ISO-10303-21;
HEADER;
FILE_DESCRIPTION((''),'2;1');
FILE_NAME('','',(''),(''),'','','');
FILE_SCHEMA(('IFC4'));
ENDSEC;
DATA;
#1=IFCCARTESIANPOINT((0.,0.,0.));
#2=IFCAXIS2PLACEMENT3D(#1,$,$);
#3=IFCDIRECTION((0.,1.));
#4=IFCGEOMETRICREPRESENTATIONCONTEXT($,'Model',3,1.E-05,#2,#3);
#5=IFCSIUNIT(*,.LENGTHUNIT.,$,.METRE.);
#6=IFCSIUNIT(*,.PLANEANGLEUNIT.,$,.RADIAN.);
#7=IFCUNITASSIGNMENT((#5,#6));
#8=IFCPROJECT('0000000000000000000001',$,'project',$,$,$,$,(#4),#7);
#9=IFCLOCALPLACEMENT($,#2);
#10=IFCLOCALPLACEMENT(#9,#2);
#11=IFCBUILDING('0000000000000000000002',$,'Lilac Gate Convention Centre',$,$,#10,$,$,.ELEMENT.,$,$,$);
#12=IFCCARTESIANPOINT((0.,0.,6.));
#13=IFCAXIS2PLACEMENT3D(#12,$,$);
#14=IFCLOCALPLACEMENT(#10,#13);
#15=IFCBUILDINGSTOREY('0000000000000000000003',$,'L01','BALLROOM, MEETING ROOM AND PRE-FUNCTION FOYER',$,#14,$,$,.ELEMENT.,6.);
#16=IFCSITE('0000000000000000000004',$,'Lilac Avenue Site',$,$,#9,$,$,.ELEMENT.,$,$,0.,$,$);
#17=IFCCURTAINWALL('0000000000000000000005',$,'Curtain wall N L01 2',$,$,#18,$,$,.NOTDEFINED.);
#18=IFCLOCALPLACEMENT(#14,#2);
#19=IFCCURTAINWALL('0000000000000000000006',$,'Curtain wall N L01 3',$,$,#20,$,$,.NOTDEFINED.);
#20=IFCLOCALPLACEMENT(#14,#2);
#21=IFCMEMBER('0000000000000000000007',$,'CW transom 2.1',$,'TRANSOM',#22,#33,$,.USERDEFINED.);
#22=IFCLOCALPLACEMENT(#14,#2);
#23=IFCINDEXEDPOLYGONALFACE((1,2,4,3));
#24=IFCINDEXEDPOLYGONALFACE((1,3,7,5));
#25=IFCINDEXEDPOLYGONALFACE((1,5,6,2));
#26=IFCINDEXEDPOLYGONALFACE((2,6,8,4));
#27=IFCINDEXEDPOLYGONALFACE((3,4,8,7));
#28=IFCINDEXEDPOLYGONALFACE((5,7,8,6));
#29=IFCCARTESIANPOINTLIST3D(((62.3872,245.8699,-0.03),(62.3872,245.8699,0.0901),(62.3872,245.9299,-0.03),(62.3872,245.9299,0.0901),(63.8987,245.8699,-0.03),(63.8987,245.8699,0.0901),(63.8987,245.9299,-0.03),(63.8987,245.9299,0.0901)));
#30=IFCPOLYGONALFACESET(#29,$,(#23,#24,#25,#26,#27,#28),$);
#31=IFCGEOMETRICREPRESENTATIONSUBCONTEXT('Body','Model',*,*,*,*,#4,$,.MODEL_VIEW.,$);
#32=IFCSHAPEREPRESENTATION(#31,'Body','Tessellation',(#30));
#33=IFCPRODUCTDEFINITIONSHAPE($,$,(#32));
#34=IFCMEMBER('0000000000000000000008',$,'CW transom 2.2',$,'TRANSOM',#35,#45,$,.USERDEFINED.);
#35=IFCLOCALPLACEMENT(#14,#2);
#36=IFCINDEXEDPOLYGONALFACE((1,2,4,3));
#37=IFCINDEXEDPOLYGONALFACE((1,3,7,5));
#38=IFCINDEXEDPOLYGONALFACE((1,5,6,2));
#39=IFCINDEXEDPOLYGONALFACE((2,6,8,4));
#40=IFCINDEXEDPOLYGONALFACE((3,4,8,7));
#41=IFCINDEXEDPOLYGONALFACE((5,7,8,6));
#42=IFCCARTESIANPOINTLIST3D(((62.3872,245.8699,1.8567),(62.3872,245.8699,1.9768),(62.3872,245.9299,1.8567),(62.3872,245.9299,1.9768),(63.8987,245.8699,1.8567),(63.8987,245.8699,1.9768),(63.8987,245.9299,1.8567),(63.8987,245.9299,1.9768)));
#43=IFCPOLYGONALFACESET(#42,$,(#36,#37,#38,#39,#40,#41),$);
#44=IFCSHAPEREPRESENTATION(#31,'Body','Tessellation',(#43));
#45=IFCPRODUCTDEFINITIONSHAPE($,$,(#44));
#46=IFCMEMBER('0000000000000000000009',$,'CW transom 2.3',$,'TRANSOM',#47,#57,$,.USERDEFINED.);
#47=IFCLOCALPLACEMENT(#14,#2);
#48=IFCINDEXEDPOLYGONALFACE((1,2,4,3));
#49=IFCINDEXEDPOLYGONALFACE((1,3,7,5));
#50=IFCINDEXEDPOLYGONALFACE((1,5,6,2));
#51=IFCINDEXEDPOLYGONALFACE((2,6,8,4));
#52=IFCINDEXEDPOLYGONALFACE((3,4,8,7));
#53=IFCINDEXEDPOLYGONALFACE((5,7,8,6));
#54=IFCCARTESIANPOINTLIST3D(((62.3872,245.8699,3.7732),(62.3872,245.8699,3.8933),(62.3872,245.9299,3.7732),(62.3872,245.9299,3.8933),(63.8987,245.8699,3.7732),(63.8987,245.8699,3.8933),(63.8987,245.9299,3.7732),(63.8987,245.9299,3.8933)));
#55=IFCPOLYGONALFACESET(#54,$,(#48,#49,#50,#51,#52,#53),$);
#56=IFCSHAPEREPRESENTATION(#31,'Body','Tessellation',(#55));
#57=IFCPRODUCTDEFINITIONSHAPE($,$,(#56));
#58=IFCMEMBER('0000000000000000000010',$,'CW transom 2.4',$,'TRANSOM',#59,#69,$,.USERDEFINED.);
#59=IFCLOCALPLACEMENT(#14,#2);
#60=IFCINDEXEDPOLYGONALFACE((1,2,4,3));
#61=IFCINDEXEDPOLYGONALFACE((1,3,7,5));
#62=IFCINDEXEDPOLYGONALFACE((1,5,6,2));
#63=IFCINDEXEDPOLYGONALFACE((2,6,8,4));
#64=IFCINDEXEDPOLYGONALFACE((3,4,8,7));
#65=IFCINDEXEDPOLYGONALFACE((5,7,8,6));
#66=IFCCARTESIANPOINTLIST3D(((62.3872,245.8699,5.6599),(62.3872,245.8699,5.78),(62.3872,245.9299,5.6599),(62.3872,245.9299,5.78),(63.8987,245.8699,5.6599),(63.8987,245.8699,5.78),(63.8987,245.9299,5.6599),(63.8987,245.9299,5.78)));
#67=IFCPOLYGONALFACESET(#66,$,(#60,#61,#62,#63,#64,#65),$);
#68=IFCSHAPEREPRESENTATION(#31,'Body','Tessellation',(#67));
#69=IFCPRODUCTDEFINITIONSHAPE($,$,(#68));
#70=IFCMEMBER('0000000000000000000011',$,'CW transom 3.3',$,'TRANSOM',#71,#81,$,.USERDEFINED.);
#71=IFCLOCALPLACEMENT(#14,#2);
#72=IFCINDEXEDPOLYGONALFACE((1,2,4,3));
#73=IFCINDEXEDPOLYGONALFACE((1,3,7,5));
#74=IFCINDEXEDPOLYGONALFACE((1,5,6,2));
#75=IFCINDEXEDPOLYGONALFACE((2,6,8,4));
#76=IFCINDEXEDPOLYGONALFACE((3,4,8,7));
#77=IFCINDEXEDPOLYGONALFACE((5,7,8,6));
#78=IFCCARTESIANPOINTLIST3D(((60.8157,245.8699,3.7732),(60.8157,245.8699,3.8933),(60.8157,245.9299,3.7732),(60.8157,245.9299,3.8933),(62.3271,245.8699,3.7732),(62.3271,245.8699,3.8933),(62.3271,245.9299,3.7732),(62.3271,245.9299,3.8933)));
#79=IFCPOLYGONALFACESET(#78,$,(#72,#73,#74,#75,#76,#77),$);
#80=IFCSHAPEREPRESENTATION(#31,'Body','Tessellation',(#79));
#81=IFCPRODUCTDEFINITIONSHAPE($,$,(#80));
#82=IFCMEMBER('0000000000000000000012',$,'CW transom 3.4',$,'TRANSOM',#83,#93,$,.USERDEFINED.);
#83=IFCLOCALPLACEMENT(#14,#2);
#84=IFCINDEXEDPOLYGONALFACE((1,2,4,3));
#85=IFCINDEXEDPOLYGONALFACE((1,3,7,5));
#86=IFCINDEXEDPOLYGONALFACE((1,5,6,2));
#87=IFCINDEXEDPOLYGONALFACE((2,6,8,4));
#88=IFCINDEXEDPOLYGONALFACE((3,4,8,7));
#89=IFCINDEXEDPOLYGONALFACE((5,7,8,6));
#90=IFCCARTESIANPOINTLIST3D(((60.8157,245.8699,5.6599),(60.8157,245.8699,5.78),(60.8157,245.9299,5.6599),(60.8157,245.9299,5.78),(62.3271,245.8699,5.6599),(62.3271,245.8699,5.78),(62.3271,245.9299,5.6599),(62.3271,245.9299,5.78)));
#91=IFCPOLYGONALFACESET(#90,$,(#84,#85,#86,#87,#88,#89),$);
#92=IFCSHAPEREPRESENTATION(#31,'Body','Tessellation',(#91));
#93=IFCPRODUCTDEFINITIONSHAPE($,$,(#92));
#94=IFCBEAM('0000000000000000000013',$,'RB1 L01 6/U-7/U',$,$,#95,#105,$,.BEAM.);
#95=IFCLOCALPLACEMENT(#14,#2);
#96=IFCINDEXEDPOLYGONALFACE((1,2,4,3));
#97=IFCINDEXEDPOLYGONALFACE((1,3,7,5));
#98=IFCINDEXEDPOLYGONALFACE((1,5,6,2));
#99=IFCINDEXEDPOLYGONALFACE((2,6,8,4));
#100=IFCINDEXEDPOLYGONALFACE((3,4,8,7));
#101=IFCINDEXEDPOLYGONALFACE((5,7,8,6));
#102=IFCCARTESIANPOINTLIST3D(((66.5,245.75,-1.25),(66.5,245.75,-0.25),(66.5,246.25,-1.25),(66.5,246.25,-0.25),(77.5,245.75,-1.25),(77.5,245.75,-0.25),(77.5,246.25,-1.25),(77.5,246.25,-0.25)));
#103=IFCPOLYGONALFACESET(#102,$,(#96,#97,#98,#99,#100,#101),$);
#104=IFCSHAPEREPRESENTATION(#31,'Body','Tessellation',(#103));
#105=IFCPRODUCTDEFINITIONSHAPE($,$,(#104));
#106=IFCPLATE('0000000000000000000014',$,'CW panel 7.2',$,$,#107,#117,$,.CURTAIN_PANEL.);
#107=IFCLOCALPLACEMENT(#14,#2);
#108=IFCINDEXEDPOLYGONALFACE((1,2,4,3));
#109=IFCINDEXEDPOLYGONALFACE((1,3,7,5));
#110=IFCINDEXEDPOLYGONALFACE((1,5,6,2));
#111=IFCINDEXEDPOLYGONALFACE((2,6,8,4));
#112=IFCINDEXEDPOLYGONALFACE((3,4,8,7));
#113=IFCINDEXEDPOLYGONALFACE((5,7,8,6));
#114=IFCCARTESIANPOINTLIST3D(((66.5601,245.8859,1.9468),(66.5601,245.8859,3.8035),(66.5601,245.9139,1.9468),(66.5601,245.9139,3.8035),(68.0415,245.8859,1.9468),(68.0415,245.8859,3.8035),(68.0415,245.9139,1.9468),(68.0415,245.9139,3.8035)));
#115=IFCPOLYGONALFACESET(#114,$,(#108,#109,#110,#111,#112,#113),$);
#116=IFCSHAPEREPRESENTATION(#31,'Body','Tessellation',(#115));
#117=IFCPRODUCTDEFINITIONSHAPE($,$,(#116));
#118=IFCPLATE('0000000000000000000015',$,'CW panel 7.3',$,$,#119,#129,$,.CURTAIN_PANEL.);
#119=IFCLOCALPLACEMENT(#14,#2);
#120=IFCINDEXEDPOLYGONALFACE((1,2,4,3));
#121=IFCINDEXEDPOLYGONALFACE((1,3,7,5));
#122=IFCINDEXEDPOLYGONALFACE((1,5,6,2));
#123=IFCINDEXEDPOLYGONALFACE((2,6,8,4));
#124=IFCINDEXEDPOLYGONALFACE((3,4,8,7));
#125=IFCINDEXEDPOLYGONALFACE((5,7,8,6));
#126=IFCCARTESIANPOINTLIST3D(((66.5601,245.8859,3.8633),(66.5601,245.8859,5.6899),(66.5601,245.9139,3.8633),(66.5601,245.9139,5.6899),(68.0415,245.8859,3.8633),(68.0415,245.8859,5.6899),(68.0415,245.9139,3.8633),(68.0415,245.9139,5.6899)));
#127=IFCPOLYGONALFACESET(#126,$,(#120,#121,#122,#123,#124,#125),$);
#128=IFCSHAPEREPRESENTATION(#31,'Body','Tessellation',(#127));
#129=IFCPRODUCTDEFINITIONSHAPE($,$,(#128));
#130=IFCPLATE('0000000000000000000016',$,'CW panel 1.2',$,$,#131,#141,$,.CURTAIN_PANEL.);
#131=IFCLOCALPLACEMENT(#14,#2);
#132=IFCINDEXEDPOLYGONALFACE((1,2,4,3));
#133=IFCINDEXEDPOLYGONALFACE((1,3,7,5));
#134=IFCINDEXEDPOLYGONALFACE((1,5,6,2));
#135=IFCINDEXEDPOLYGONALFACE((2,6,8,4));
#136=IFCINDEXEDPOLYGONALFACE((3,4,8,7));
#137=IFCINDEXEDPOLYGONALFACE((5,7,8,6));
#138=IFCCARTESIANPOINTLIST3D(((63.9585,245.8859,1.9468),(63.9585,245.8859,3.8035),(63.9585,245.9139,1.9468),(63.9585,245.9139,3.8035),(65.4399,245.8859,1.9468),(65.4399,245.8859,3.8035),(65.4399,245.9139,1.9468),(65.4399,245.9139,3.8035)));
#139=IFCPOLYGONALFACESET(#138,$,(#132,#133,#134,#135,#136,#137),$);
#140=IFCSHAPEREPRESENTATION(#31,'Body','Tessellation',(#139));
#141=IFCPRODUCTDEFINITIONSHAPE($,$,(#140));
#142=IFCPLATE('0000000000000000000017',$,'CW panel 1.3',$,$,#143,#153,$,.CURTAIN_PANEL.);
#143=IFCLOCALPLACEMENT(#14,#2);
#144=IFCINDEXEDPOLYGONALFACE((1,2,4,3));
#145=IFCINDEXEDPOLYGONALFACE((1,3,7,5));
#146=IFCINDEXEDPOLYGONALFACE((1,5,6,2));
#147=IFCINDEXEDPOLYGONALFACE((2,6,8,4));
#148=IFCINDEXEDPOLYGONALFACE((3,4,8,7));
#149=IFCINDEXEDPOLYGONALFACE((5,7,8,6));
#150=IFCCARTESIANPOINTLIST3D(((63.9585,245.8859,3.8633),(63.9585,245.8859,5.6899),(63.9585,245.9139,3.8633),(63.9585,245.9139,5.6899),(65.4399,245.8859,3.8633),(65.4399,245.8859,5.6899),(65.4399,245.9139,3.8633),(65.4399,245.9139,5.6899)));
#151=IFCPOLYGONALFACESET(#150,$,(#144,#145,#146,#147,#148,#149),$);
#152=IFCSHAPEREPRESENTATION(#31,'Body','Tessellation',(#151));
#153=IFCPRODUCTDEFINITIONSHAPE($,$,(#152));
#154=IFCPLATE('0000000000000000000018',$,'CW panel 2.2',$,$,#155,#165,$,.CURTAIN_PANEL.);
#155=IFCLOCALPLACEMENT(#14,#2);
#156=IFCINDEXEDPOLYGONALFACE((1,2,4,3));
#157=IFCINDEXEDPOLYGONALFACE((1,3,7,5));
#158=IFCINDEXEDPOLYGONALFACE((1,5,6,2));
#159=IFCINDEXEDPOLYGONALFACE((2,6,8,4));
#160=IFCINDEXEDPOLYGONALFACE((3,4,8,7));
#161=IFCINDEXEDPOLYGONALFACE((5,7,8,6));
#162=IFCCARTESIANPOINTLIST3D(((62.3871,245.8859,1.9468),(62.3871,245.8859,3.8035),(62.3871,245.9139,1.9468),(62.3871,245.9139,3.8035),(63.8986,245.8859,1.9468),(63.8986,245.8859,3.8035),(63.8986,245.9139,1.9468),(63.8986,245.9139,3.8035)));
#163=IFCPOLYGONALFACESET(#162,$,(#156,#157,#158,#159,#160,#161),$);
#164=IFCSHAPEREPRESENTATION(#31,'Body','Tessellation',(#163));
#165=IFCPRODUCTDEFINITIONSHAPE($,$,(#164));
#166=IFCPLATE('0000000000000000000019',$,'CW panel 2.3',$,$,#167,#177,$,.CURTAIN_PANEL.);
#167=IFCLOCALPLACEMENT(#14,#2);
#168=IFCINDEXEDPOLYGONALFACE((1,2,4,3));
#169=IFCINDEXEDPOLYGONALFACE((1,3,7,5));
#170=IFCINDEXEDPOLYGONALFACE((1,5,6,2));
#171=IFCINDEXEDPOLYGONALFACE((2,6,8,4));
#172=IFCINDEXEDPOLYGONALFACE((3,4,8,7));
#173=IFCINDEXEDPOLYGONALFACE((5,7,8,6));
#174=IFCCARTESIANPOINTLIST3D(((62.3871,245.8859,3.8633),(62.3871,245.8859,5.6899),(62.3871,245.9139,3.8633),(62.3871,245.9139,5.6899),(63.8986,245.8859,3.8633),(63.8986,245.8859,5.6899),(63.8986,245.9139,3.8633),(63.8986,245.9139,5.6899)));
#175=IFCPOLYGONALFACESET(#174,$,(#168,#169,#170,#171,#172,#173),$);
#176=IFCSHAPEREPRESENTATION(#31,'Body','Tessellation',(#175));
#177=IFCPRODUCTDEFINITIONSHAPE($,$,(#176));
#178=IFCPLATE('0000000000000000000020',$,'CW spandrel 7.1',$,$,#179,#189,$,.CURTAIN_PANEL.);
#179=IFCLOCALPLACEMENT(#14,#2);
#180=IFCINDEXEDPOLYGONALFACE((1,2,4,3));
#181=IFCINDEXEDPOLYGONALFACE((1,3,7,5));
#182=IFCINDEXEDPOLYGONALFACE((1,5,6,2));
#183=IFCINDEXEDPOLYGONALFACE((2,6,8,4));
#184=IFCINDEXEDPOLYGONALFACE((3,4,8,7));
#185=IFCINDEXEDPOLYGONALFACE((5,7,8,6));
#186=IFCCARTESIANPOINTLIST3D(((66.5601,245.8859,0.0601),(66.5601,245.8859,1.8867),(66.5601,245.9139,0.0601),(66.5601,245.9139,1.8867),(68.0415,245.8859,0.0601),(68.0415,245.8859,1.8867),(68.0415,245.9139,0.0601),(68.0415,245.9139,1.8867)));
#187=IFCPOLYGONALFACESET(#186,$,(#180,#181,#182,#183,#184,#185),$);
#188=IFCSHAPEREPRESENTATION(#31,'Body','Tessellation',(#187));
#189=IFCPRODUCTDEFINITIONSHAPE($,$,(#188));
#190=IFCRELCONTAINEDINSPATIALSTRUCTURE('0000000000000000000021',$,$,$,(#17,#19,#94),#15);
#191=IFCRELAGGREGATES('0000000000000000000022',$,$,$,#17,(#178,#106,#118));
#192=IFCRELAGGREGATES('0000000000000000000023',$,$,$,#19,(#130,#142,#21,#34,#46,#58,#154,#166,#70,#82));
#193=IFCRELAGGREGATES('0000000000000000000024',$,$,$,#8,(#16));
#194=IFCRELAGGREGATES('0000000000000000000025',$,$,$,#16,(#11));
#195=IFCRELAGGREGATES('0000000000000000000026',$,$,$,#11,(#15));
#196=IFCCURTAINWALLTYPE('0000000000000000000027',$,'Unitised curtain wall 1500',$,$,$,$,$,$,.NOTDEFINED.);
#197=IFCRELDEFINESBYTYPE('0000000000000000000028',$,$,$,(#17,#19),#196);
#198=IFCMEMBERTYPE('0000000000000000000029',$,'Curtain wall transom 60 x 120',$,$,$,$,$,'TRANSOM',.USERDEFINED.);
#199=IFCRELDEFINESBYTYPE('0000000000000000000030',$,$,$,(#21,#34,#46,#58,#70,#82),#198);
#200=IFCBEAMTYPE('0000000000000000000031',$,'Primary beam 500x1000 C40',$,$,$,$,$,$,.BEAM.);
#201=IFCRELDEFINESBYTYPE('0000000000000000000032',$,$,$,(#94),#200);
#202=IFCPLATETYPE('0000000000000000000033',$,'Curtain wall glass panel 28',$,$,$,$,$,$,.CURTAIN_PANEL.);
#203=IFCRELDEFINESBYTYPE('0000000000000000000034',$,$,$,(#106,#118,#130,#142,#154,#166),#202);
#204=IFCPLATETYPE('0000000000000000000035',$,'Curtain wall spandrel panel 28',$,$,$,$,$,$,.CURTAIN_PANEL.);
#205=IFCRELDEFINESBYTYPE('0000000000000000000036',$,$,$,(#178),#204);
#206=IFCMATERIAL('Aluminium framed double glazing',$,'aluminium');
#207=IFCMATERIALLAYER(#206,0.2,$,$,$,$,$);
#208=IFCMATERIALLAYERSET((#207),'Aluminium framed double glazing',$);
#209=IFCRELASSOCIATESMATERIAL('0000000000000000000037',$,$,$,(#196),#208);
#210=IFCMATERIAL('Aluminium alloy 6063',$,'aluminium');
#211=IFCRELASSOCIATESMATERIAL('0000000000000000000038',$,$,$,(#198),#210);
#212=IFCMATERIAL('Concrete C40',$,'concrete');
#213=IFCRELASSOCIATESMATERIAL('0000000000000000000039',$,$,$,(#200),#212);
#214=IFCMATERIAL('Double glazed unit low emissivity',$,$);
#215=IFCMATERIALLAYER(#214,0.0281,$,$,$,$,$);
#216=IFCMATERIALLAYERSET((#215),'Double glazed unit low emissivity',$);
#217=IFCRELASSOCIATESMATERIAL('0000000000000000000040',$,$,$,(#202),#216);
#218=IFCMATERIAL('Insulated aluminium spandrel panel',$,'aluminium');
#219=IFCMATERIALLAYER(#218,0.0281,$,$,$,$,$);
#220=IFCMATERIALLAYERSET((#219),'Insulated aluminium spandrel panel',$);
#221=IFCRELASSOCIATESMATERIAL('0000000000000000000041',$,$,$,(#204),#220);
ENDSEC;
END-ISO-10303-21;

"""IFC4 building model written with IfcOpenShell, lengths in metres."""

from ifc_helpers import new_model, si_unit, direction, frame, origin, origin_2d, place, context, subcontext, project, spatial, rectangle, extrude, material, layer, layer_set, material_profile, profile_set, type_object, element, aggregate, save


model = new_model("IFC4")

# Units and contexts
model_context = context("Model", 3, precision=1e-05, world=origin(), true_north=direction((0.0, 1.0)))
body_context = subcontext(model_context, "Body", "Model", "MODEL_VIEW")
ifc_project = project(units=[si_unit("LENGTHUNIT", "METRE"), si_unit("PLANEANGLEUNIT", "RADIAN")], contexts=[model_context])

# Site, building, storey
site_placement = place(None, origin())
site = spatial("IfcSite", under=ifc_project, at=site_placement, Name="Lilac Avenue Site", CompositionType="ELEMENT", RefElevation=0.0)
building_placement = place(site_placement, origin())
building = spatial("IfcBuilding", under=site, at=building_placement, Name="Lilac Gate Convention Centre", CompositionType="ELEMENT")
storey_placement = place(building_placement, frame((0.0, 0.0, 6.0)))
storey = spatial("IfcBuildingStorey", under=building, at=storey_placement, Name="L01", Description="BALLROOM, MEETING ROOM AND PRE-FUNCTION FOYER", CompositionType="ELEMENT", Elevation=6.0)

# Curtain walls
ifc_material_1 = material(Name="Aluminium framed double glazing", Category="aluminium")
ifc_layer_1 = layer(ifc_material_1, 0.2)
ifc_layer_set_1 = layer_set([ifc_layer_1], Name="Aluminium framed double glazing")
curtain_wall_type = type_object("IfcCurtainWallType", Name="Unitised curtain wall 1500", PredefinedType="NOTDEFINED", material=ifc_layer_set_1)
curtain_wall_1_placement = place(storey_placement, origin())
curtain_wall_1 = element("IfcCurtainWall", 1, at=curtain_wall_1_placement, inside=storey, type_object=curtain_wall_type, Name="Curtain wall N L01 2", PredefinedType="NOTDEFINED")
ifc_material_2 = material(Name="Aluminium alloy 6063", Category="aluminium")
curtain_wall_2_placement = place(storey_placement, origin())
curtain_wall_2 = element("IfcCurtainWall", 2, at=curtain_wall_2_placement, inside=storey, type_object=curtain_wall_type, Name="Curtain wall N L01 3", PredefinedType="NOTDEFINED")

# Members
ifc_material_profile_1 = material_profile(ifc_material_2, rectangle(XDim=0.0601, YDim=0.1201, at=origin_2d()), Name="Curtain wall transom 60 x 120")
ifc_profile_set_1 = profile_set([ifc_material_profile_1], Name="Aluminium alloy 6063")
member_type_1 = type_object("IfcMemberType", Name="Curtain wall transom 60 x 120", ElementType="TRANSOM", PredefinedType="USERDEFINED", material=ifc_profile_set_1)
member_1_placement = place(storey_placement, frame((63.8987, 245.8999, 0.03), z_axis=(-1.0, 0.0, 0.0), x_axis=(0.0, -1.0, 0.0)))
member_1 = element("IfcMember", 3, at=member_1_placement, type_object=member_type_1, Name="CW transom 2.1", ObjectType="TRANSOM", PredefinedType="USERDEFINED", context=body_context, shape_type="SweptSolid", body=[
    extrude(rectangle(XDim=0.0601, YDim=0.1201, at=origin_2d()), origin(), (0.0, 0.0, 1.0), 1.5115),
])
member_2_placement = place(storey_placement, frame((63.8987, 245.8999, 1.9167), z_axis=(-1.0, 0.0, 0.0), x_axis=(0.0, -1.0, 0.0)))
member_2 = element("IfcMember", 4, at=member_2_placement, type_object=member_type_1, Name="CW transom 2.2", ObjectType="TRANSOM", PredefinedType="USERDEFINED", context=body_context, shape_type="SweptSolid", body=[
    extrude(rectangle(XDim=0.0601, YDim=0.1201, at=origin_2d()), origin(), (0.0, 0.0, 1.0), 1.5115),
])
member_3_placement = place(storey_placement, frame((63.8987, 245.8999, 3.8333), z_axis=(-1.0, 0.0, 0.0), x_axis=(0.0, -1.0, 0.0)))
member_3 = element("IfcMember", 5, at=member_3_placement, type_object=member_type_1, Name="CW transom 2.3", ObjectType="TRANSOM", PredefinedType="USERDEFINED", context=body_context, shape_type="SweptSolid", body=[
    extrude(rectangle(XDim=0.0601, YDim=0.1201, at=origin_2d()), origin(), (0.0, 0.0, 1.0), 1.5115),
])
member_4_placement = place(storey_placement, frame((63.8987, 245.8999, 5.72), z_axis=(-1.0, 0.0, 0.0), x_axis=(0.0, -1.0, 0.0)))
member_4 = element("IfcMember", 6, at=member_4_placement, type_object=member_type_1, Name="CW transom 2.4", ObjectType="TRANSOM", PredefinedType="USERDEFINED", context=body_context, shape_type="SweptSolid", body=[
    extrude(rectangle(XDim=0.0601, YDim=0.1201, at=origin_2d()), origin(), (0.0, 0.0, 1.0), 1.5115),
])
member_5_placement = place(storey_placement, frame((62.3271, 245.8999, 3.8333), z_axis=(-1.0, 0.0, 0.0), x_axis=(0.0, -1.0, 0.0)))
member_5 = element("IfcMember", 7, at=member_5_placement, type_object=member_type_1, Name="CW transom 3.3", ObjectType="TRANSOM", PredefinedType="USERDEFINED", context=body_context, shape_type="SweptSolid", body=[
    extrude(rectangle(XDim=0.0601, YDim=0.1201, at=origin_2d()), origin(), (0.0, 0.0, 1.0), 1.5115),
])
member_6_placement = place(storey_placement, frame((62.3271, 245.8999, 5.72), z_axis=(-1.0, 0.0, 0.0), x_axis=(0.0, -1.0, 0.0)))
member_6 = element("IfcMember", 8, at=member_6_placement, type_object=member_type_1, Name="CW transom 3.4", ObjectType="TRANSOM", PredefinedType="USERDEFINED", context=body_context, shape_type="SweptSolid", body=[
    extrude(rectangle(XDim=0.0601, YDim=0.1201, at=origin_2d()), origin(), (0.0, 0.0, 1.0), 1.5115),
])

# Beam
ifc_material_3 = material(Name="Concrete C40", Category="concrete")
ifc_material_profile_2 = material_profile(ifc_material_3, rectangle(XDim=0.5, YDim=1.0, at=origin_2d()), Name="RC 500x1000")
ifc_profile_set_2 = profile_set([ifc_material_profile_2], Name="Concrete C40")
beam_type = type_object("IfcBeamType", Name="Primary beam 500x1000 C40", PredefinedType="BEAM", material=ifc_profile_set_2)
beam_placement = place(storey_placement, frame((66.5, 246.0, -0.75), z_axis=(1.0, 0.0, 0.0), x_axis=(0.0, 1.0, 0.0)))
element("IfcBeam", 9, at=beam_placement, inside=storey, type_object=beam_type, Name="RB1 L01 6/U-7/U", PredefinedType="BEAM", context=body_context, shape_type="SweptSolid", body=[
    extrude(rectangle(XDim=0.5, YDim=1.0, at=origin_2d()), origin(), (0.0, 0.0, 1.0), 11.0),
])

# Plates
ifc_material_4 = material(Name="Double glazed unit low emissivity")
ifc_layer_2 = layer(ifc_material_4, 0.0281)
ifc_layer_set_2 = layer_set([ifc_layer_2], Name="Double glazed unit low emissivity")
plate_type_1 = type_object("IfcPlateType", Name="Curtain wall glass panel 28", PredefinedType="CURTAIN_PANEL", material=ifc_layer_set_2)
plate_1_placement = place(storey_placement, frame((67.3008, 245.8999, 1.9468), z_axis=(0.0, 0.0, 1.0), x_axis=(-1.0, 0.0, 0.0)))
plate_1 = element("IfcPlate", 10, at=plate_1_placement, type_object=plate_type_1, Name="CW panel 7.2", PredefinedType="CURTAIN_PANEL", context=body_context, shape_type="SweptSolid", body=[
    extrude(rectangle(XDim=1.4814, YDim=0.0281, at=origin_2d()), origin(), (0.0, 0.0, 1.0), 1.8567),
])
plate_2_placement = place(storey_placement, frame((67.3008, 245.8999, 3.8633), z_axis=(0.0, 0.0, 1.0), x_axis=(-1.0, 0.0, 0.0)))
plate_2 = element("IfcPlate", 11, at=plate_2_placement, type_object=plate_type_1, Name="CW panel 7.3", PredefinedType="CURTAIN_PANEL", context=body_context, shape_type="SweptSolid", body=[
    extrude(rectangle(XDim=1.4814, YDim=0.0281, at=origin_2d()), origin(), (0.0, 0.0, 1.0), 1.8267),
])
plate_3_placement = place(storey_placement, frame((64.6992, 245.8999, 1.9468), z_axis=(0.0, 0.0, 1.0), x_axis=(-1.0, 0.0, 0.0)))
plate_3 = element("IfcPlate", 12, at=plate_3_placement, type_object=plate_type_1, Name="CW panel 1.2", PredefinedType="CURTAIN_PANEL", context=body_context, shape_type="SweptSolid", body=[
    extrude(rectangle(XDim=1.4814, YDim=0.0281, at=origin_2d()), origin(), (0.0, 0.0, 1.0), 1.8567),
])
plate_4_placement = place(storey_placement, frame((64.6992, 245.8999, 3.8633), z_axis=(0.0, 0.0, 1.0), x_axis=(-1.0, 0.0, 0.0)))
plate_4 = element("IfcPlate", 13, at=plate_4_placement, type_object=plate_type_1, Name="CW panel 1.3", PredefinedType="CURTAIN_PANEL", context=body_context, shape_type="SweptSolid", body=[
    extrude(rectangle(XDim=1.4814, YDim=0.0281, at=origin_2d()), origin(), (0.0, 0.0, 1.0), 1.8267),
])
plate_5_placement = place(storey_placement, frame((63.1428, 245.8999, 1.9468), z_axis=(0.0, 0.0, 1.0), x_axis=(-1.0, 0.0, 0.0)))
plate_5 = element("IfcPlate", 14, at=plate_5_placement, type_object=plate_type_1, Name="CW panel 2.2", PredefinedType="CURTAIN_PANEL", context=body_context, shape_type="SweptSolid", body=[
    extrude(rectangle(XDim=1.5115, YDim=0.0281, at=origin_2d()), origin(), (0.0, 0.0, 1.0), 1.8567),
])
plate_6_placement = place(storey_placement, frame((63.1428, 245.8999, 3.8633), z_axis=(0.0, 0.0, 1.0), x_axis=(-1.0, 0.0, 0.0)))
plate_6 = element("IfcPlate", 15, at=plate_6_placement, type_object=plate_type_1, Name="CW panel 2.3", PredefinedType="CURTAIN_PANEL", context=body_context, shape_type="SweptSolid", body=[
    extrude(rectangle(XDim=1.5115, YDim=0.0281, at=origin_2d()), origin(), (0.0, 0.0, 1.0), 1.8267),
])
ifc_material_5 = material(Name="Insulated aluminium spandrel panel", Category="aluminium")
ifc_layer_3 = layer(ifc_material_5, 0.0281)
ifc_layer_set_3 = layer_set([ifc_layer_3], Name="Insulated aluminium spandrel panel")
plate_type_2 = type_object("IfcPlateType", Name="Curtain wall spandrel panel 28", PredefinedType="CURTAIN_PANEL", material=ifc_layer_set_3)
plate_7_placement = place(storey_placement, frame((67.3008, 245.8999, 0.0601), z_axis=(0.0, 0.0, 1.0), x_axis=(-1.0, 0.0, 0.0)))
plate_7 = element("IfcPlate", 16, at=plate_7_placement, type_object=plate_type_2, Name="CW spandrel 7.1", PredefinedType="CURTAIN_PANEL", context=body_context, shape_type="SweptSolid", body=[
    extrude(rectangle(XDim=1.4814, YDim=0.0281, at=origin_2d()), origin(), (0.0, 0.0, 1.0), 1.8267),
])
aggregate(curtain_wall_1, [plate_7, plate_1, plate_2])
aggregate(curtain_wall_2, [plate_3, plate_4, member_1, member_2, member_3, member_4, plate_5, plate_6, member_5, member_6])

save(model, "model.ifc")
